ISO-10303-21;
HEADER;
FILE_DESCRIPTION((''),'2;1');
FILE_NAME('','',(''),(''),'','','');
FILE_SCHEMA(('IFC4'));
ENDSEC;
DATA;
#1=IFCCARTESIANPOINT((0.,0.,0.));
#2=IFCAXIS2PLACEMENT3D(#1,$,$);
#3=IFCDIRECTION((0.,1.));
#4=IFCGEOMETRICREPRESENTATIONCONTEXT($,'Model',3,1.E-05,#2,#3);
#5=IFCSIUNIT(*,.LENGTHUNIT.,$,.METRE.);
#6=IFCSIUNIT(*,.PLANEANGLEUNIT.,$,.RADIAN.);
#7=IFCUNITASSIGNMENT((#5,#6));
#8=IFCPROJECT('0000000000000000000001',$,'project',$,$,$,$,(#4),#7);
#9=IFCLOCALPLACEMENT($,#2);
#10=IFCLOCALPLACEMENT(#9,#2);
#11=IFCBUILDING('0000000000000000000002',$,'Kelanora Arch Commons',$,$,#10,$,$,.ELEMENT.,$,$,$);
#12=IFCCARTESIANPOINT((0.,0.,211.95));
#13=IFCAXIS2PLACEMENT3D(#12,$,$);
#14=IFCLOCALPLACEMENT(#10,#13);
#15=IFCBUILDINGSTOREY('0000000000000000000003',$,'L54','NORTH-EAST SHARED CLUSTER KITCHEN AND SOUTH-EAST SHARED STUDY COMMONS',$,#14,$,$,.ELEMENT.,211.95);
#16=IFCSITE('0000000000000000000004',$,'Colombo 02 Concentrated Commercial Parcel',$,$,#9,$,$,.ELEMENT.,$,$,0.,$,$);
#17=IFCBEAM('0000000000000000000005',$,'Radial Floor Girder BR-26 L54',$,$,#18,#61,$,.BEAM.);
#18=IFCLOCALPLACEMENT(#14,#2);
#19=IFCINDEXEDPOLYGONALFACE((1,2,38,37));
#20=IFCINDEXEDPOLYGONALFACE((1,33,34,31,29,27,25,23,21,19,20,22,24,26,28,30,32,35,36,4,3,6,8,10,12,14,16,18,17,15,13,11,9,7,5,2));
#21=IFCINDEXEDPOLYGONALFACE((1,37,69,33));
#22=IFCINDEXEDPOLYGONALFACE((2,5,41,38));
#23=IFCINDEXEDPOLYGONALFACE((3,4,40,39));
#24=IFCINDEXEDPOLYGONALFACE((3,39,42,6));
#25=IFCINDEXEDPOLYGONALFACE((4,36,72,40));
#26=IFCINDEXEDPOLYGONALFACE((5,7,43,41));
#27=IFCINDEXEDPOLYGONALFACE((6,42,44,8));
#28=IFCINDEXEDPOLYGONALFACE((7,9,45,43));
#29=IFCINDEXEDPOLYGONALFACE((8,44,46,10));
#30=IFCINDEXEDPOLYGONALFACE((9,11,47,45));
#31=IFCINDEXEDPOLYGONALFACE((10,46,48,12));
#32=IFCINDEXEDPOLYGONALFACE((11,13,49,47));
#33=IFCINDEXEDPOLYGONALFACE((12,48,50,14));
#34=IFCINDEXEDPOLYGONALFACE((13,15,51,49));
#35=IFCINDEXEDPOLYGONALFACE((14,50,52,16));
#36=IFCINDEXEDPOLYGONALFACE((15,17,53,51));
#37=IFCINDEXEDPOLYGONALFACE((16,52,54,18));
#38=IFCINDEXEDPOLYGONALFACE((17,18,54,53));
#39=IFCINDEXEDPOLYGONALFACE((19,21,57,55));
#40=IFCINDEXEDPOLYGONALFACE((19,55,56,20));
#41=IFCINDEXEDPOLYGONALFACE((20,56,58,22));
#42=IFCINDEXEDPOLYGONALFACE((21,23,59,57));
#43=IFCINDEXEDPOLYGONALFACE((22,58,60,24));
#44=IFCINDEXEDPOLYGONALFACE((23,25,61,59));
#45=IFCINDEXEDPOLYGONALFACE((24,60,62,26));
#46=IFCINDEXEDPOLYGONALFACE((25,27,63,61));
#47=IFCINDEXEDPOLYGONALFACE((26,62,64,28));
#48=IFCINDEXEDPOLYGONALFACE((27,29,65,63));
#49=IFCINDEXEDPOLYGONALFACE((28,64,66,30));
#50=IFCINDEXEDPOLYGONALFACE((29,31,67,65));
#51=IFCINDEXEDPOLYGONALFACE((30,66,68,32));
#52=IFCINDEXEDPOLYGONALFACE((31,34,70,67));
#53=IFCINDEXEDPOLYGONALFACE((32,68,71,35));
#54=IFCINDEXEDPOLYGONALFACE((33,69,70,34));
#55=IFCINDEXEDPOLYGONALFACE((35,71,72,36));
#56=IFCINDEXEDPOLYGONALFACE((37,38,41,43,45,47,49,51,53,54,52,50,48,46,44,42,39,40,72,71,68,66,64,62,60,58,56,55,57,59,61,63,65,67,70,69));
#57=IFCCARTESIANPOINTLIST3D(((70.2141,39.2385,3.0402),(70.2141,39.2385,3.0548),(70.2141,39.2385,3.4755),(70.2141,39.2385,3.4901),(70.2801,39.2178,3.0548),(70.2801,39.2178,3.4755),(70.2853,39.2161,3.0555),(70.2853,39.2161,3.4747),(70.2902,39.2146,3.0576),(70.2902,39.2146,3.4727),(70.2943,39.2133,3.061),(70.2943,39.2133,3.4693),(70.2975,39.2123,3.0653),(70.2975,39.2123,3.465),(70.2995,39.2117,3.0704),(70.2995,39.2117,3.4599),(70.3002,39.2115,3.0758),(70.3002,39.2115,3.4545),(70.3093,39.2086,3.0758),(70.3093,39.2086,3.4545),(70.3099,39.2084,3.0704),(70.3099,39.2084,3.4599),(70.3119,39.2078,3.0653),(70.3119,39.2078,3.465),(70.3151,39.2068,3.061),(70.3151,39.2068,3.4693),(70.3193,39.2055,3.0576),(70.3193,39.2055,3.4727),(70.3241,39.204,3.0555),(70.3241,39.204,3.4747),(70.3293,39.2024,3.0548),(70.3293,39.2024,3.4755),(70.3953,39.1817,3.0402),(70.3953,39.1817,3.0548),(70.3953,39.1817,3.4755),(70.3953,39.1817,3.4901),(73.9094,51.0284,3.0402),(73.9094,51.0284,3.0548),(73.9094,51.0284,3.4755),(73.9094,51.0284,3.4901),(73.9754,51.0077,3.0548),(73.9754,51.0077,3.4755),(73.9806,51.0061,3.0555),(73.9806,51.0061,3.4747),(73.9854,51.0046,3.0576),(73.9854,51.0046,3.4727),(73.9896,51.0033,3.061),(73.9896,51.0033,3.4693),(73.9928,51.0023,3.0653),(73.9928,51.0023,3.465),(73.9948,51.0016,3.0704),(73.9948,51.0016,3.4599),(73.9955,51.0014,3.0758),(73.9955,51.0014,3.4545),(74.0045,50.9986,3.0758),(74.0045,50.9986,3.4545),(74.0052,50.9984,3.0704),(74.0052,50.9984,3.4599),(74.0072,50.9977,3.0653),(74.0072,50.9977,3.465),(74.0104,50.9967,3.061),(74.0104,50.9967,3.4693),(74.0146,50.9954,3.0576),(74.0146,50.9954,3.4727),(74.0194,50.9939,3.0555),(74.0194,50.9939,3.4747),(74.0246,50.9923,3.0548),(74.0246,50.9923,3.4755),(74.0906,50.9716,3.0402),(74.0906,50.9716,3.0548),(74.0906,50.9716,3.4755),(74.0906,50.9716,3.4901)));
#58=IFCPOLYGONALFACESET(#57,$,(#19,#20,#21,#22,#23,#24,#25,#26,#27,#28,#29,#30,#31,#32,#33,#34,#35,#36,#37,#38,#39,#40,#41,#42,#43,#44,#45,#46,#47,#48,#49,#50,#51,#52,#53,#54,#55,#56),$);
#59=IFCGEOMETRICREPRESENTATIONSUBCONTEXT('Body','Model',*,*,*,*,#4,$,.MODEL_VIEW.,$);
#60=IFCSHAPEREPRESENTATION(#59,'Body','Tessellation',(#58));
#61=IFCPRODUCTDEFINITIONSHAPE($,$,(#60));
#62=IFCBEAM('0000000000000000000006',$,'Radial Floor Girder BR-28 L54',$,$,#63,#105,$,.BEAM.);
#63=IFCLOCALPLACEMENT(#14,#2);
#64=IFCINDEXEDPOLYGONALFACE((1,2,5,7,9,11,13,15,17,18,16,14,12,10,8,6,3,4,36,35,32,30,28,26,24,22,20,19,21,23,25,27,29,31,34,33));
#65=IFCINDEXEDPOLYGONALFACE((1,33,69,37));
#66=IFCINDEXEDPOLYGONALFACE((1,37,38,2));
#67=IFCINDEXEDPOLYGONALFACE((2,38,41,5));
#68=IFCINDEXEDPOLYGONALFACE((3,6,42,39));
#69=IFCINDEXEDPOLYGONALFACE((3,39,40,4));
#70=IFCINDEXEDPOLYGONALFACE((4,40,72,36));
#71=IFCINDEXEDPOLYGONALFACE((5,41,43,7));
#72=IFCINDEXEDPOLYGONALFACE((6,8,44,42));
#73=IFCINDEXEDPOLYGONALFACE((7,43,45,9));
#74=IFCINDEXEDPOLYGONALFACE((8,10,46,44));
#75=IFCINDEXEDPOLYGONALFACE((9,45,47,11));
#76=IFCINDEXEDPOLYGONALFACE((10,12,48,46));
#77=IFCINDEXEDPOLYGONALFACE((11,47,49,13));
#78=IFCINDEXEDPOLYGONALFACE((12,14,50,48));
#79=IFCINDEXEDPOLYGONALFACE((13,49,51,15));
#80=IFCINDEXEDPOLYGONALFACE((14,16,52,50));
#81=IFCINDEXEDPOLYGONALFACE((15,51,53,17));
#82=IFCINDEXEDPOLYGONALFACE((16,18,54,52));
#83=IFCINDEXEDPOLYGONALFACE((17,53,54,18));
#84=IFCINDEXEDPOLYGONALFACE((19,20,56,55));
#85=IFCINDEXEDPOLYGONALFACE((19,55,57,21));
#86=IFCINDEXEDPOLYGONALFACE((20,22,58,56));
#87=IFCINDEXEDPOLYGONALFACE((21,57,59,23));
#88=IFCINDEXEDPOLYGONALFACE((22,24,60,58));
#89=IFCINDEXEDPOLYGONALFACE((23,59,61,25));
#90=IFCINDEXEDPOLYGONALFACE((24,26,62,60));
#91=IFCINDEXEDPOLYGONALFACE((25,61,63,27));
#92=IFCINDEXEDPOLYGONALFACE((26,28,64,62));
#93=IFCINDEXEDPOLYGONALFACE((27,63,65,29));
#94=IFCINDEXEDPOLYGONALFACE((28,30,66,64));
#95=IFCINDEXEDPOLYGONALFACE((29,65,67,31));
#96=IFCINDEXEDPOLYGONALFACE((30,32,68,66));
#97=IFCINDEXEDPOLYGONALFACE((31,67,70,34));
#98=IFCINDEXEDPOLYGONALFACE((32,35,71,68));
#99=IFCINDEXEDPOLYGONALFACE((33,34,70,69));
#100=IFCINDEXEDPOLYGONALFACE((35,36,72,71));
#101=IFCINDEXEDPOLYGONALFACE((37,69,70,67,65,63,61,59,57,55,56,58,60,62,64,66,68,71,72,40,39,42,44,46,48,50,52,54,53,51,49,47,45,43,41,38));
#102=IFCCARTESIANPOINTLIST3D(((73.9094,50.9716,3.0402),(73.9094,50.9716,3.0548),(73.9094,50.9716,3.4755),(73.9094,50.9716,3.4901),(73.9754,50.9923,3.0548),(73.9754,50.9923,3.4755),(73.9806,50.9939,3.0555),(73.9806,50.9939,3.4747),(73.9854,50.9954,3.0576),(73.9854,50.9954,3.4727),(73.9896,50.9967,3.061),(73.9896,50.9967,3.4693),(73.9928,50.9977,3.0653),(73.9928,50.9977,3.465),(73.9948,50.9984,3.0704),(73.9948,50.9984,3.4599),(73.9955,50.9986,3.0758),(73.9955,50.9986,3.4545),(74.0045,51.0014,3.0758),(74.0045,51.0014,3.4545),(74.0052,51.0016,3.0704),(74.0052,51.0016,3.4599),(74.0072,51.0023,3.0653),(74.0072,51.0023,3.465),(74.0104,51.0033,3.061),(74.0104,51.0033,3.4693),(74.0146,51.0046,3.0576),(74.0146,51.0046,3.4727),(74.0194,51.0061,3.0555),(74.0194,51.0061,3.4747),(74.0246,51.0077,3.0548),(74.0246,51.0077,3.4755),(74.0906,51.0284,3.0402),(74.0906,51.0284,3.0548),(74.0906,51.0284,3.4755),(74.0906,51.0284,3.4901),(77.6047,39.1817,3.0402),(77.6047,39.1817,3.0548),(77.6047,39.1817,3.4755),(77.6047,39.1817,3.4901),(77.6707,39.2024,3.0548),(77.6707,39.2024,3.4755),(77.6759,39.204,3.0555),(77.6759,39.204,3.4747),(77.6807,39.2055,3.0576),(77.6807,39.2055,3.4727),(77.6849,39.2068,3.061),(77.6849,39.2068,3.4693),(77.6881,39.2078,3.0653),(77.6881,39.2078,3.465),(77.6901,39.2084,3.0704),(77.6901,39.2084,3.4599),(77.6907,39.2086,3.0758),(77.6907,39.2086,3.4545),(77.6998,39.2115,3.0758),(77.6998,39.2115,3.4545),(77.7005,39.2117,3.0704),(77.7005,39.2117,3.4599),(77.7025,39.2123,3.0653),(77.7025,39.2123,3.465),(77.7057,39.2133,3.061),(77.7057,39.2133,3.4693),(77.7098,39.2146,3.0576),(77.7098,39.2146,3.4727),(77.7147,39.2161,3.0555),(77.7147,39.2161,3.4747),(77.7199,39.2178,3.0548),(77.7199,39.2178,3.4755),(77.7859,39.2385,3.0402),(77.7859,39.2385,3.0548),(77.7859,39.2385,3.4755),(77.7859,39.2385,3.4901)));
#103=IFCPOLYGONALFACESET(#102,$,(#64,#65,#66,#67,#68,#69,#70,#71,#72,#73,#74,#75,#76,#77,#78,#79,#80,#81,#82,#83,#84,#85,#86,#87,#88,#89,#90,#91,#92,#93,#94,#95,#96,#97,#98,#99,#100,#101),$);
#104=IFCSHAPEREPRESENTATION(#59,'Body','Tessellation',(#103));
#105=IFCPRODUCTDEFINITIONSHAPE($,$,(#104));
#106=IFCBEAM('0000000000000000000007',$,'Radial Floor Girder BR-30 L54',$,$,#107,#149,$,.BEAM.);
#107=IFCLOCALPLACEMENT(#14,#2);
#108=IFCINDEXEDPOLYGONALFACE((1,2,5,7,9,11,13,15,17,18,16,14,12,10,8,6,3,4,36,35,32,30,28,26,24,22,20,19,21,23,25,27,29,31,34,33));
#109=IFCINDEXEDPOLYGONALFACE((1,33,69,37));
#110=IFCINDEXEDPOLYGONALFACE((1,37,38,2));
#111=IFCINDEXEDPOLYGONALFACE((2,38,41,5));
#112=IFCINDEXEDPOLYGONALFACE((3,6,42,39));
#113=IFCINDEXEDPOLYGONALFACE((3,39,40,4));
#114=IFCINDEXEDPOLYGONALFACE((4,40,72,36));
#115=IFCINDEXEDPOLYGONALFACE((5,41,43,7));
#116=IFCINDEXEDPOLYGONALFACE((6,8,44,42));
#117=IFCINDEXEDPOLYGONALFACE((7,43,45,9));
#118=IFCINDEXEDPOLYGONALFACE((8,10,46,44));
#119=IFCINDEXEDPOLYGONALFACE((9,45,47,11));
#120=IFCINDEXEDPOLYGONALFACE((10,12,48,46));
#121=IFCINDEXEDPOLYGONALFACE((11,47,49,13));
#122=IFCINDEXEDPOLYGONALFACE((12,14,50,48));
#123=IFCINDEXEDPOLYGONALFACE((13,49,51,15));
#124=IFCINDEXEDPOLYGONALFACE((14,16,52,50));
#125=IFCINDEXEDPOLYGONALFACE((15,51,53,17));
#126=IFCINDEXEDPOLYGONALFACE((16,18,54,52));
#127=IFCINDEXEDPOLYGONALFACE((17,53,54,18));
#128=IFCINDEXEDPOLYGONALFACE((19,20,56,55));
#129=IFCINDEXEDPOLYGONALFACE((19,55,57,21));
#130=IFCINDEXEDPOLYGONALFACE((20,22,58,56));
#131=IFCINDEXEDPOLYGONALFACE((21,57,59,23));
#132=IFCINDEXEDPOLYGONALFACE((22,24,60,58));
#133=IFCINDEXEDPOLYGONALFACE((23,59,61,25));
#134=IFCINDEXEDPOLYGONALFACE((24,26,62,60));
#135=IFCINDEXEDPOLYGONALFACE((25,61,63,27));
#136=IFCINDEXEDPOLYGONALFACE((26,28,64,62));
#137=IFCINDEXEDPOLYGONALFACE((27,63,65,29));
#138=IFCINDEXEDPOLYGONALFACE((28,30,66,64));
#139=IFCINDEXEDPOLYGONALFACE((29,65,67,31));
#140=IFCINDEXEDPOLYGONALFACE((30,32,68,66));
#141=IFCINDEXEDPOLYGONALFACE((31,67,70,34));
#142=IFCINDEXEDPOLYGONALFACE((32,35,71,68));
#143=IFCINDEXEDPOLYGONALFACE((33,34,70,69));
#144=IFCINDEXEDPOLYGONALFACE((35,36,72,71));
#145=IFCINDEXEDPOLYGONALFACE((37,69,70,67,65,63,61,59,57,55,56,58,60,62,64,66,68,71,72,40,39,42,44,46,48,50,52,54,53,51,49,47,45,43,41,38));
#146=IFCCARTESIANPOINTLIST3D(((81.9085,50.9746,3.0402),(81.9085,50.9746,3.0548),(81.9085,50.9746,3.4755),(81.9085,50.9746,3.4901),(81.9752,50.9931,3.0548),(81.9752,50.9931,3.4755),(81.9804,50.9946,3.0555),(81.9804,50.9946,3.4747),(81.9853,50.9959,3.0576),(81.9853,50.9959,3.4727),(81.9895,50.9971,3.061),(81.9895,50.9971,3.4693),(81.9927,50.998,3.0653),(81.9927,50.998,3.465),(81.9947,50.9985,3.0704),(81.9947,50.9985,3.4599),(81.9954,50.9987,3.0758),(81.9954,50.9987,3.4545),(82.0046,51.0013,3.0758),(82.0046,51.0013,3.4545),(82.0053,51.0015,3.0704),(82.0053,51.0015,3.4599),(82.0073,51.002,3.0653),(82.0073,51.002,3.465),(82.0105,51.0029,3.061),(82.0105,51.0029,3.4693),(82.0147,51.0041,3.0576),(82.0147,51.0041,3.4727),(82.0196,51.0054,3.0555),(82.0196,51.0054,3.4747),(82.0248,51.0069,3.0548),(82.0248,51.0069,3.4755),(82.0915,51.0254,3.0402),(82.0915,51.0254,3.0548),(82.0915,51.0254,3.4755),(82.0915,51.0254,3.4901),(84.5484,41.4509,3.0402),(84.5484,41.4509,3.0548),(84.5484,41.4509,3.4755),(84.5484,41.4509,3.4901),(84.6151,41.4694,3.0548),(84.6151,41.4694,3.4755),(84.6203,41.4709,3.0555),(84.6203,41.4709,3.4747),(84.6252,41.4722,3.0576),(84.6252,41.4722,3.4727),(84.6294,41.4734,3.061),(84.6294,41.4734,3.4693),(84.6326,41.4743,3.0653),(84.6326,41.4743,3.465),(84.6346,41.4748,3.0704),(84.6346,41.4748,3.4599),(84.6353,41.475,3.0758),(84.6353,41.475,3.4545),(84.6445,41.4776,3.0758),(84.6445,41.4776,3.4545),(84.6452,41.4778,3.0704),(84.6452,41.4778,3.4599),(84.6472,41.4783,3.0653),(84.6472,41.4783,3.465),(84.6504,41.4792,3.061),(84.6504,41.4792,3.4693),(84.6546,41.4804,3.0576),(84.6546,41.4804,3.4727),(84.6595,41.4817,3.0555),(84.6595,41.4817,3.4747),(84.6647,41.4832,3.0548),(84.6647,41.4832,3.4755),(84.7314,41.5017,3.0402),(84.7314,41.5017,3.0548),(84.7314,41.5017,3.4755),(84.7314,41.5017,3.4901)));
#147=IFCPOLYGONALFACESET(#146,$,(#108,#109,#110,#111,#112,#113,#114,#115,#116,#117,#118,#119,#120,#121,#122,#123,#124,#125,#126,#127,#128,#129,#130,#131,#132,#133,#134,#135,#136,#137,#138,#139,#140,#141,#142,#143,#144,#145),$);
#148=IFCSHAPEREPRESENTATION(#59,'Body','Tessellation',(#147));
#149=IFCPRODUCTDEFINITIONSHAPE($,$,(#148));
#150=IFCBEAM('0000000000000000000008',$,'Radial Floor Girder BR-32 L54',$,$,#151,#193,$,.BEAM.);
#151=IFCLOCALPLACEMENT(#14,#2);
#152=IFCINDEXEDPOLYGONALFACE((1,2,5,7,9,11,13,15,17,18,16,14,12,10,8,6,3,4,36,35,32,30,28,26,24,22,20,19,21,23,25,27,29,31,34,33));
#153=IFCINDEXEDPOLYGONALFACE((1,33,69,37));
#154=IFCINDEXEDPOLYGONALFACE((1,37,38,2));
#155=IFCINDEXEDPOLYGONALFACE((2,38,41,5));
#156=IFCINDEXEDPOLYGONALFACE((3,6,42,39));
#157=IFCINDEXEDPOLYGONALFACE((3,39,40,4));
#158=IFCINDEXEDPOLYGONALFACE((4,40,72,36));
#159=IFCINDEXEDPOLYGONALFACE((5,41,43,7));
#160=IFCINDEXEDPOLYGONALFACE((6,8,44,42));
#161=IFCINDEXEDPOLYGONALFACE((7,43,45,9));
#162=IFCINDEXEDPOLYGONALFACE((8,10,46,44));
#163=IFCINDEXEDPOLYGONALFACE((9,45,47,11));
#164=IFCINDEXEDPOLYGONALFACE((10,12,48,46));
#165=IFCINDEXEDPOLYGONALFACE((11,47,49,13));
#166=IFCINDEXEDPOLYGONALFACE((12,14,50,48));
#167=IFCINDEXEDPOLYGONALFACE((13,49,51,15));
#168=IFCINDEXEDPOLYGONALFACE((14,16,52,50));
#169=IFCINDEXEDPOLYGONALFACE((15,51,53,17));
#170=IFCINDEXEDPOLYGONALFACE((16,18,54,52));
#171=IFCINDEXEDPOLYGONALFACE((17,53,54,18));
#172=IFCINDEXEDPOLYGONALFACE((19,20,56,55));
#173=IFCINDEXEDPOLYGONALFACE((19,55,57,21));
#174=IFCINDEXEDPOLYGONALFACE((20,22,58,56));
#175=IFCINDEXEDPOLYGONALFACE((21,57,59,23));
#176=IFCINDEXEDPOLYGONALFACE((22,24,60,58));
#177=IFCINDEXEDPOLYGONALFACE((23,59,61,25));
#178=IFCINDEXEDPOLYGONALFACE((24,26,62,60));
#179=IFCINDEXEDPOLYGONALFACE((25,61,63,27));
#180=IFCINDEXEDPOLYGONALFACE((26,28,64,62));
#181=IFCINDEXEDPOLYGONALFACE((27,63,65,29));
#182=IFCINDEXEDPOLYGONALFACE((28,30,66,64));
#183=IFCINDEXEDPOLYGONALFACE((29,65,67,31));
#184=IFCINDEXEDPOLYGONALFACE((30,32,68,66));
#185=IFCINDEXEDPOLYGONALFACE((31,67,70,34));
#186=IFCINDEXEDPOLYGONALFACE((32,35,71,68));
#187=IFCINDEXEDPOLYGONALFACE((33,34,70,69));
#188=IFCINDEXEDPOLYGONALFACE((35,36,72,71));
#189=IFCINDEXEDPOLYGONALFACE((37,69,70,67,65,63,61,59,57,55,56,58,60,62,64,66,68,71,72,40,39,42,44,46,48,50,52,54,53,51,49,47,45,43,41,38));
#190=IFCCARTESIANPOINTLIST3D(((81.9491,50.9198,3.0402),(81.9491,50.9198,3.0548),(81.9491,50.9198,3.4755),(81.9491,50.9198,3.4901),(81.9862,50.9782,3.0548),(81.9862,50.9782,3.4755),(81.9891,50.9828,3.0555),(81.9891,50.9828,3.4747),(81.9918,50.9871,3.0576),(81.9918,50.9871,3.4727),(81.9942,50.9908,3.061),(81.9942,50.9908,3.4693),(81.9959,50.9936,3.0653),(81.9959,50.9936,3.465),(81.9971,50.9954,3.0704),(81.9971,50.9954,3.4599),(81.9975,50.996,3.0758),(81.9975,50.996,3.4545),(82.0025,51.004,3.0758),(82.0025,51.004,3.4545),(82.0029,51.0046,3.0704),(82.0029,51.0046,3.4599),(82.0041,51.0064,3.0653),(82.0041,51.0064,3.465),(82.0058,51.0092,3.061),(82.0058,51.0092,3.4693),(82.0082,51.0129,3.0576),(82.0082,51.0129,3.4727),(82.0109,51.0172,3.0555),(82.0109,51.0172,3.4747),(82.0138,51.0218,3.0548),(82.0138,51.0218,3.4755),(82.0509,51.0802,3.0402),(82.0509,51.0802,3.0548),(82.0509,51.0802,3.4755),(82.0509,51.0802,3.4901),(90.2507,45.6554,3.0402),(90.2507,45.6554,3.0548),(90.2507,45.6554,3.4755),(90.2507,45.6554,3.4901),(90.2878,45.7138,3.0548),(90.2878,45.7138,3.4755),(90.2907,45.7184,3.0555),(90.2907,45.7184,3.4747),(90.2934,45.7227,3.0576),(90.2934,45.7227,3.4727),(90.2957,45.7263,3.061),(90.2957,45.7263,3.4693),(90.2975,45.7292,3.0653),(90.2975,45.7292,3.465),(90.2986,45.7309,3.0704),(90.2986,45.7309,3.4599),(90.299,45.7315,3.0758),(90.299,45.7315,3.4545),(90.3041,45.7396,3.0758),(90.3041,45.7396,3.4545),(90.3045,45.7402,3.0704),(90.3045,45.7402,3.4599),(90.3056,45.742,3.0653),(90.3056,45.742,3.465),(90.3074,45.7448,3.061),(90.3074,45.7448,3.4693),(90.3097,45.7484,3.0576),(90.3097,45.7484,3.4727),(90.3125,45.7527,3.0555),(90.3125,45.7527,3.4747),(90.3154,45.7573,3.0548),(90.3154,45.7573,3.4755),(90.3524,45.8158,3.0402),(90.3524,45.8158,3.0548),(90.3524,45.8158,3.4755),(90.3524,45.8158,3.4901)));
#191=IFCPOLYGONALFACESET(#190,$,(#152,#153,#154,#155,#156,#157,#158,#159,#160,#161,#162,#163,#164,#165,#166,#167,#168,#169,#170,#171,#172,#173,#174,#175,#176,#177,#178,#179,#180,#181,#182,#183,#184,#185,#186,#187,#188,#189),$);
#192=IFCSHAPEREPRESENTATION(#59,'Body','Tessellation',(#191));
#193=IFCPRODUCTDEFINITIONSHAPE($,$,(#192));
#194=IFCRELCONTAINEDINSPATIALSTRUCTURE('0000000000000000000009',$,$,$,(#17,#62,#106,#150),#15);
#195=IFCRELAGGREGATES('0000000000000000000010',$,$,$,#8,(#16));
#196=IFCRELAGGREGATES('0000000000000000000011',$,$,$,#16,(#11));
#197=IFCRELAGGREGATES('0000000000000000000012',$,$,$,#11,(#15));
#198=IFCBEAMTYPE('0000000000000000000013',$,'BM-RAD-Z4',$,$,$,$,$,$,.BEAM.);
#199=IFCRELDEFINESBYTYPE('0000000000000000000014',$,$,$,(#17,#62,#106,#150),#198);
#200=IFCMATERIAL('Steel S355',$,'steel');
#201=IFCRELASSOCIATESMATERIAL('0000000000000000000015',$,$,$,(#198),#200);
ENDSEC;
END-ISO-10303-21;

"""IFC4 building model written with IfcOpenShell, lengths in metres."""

from ifc_helpers import new_model, si_unit, direction, frame, origin, origin_2d, place, context, subcontext, project, spatial, i_section, extrude, material, material_profile, profile_set, type_object, element, save


model = new_model("IFC4")

# Units and contexts
model_context = context("Model", 3, precision=1e-05, world=origin(), true_north=direction((0.0, 1.0)))
body_context = subcontext(model_context, "Body", "Model", "MODEL_VIEW")
ifc_project = project(units=[si_unit("LENGTHUNIT", "METRE"), si_unit("PLANEANGLEUNIT", "RADIAN")], contexts=[model_context])

# Site, building, storey
site_placement = place(None, origin())
site = spatial("IfcSite", under=ifc_project, at=site_placement, Name="Colombo 02 Concentrated Commercial Parcel", CompositionType="ELEMENT", RefElevation=0.0)
building_placement = place(site_placement, origin())
building = spatial("IfcBuilding", under=site, at=building_placement, Name="Kelanora Arch Commons", CompositionType="ELEMENT")
storey_placement = place(building_placement, frame((0.0, 0.0, 211.95)))
storey = spatial("IfcBuildingStorey", under=building, at=storey_placement, Name="L54", Description="NORTH-EAST SHARED CLUSTER KITCHEN AND SOUTH-EAST SHARED STUDY COMMONS", CompositionType="ELEMENT", Elevation=211.95)

# Beams
ifc_material_1 = material(Name="Steel S355", Category="steel")
ifc_material_profile_1 = material_profile(ifc_material_1, i_section(OverallWidth=0.1899, OverallDepth=0.45, WebThickness=0.0095, FlangeThickness=0.0146, FilletRadius=0.021, at=origin_2d()), Name="IPE450")
ifc_profile_set_1 = profile_set([ifc_material_profile_1], Name="Steel S355")
beam_type_1 = type_object("IfcBeamType", Name="BM-RAD-Z4", PredefinedType="BEAM", material=ifc_profile_set_1)
for number, where, z_axis, x_axis, name in (
    (1, (74.0, 51.0, 3.2651), (-0.29908, -0.954228, 0.0), (0.954228, -0.29908, 0.0), "Radial Floor Girder BR-26 L54"),
    (2, (74.0, 51.0, 3.2651), (0.29908, -0.954228, 0.0), (0.954228, 0.29908, 0.0), "Radial Floor Girder BR-28 L54"),
):
    element("IfcBeam", number, at=place(storey_placement, frame(where, z_axis=z_axis, x_axis=x_axis)), inside=storey, type_object=beam_type_1, Name=name, PredefinedType="BEAM", context=body_context, shape_type="SweptSolid", body=[
        extrude(i_section(OverallWidth=0.1899, OverallDepth=0.45, WebThickness=0.0095, FlangeThickness=0.0146, FilletRadius=0.021, at=origin_2d()), origin(), (0.0, 0.0, 1.0), 12.3555),
    ])
beam_1_placement = place(storey_placement, frame((82.0, 51.0, 3.2651), z_axis=(0.26712, -0.963663, 0.0), x_axis=(0.963663, 0.26712, 0.0)))
element("IfcBeam", 3, at=beam_1_placement, inside=storey, type_object=beam_type_1, Name="Radial Floor Girder BR-30 L54", PredefinedType="BEAM", context=body_context, shape_type="SweptSolid", body=[
    extrude(i_section(OverallWidth=0.1899, OverallDepth=0.45, WebThickness=0.0095, FlangeThickness=0.0146, FilletRadius=0.021, at=origin_2d()), origin(), (0.0, 0.0, 1.0), 9.8828),
])
beam_2_placement = place(storey_placement, frame((82.0, 51.0, 3.2651), z_axis=(0.844507, -0.535544, 0.0), x_axis=(0.535544, 0.844507, 0.0)))
element("IfcBeam", 4, at=beam_2_placement, inside=storey, type_object=beam_type_1, Name="Radial Floor Girder BR-32 L54", PredefinedType="BEAM", context=body_context, shape_type="SweptSolid", body=[
    extrude(i_section(OverallWidth=0.1899, OverallDepth=0.45, WebThickness=0.0095, FlangeThickness=0.0146, FilletRadius=0.021, at=origin_2d()), origin(), (0.0, 0.0, 1.0), 9.8301),
])

save(model, "model.ifc")
